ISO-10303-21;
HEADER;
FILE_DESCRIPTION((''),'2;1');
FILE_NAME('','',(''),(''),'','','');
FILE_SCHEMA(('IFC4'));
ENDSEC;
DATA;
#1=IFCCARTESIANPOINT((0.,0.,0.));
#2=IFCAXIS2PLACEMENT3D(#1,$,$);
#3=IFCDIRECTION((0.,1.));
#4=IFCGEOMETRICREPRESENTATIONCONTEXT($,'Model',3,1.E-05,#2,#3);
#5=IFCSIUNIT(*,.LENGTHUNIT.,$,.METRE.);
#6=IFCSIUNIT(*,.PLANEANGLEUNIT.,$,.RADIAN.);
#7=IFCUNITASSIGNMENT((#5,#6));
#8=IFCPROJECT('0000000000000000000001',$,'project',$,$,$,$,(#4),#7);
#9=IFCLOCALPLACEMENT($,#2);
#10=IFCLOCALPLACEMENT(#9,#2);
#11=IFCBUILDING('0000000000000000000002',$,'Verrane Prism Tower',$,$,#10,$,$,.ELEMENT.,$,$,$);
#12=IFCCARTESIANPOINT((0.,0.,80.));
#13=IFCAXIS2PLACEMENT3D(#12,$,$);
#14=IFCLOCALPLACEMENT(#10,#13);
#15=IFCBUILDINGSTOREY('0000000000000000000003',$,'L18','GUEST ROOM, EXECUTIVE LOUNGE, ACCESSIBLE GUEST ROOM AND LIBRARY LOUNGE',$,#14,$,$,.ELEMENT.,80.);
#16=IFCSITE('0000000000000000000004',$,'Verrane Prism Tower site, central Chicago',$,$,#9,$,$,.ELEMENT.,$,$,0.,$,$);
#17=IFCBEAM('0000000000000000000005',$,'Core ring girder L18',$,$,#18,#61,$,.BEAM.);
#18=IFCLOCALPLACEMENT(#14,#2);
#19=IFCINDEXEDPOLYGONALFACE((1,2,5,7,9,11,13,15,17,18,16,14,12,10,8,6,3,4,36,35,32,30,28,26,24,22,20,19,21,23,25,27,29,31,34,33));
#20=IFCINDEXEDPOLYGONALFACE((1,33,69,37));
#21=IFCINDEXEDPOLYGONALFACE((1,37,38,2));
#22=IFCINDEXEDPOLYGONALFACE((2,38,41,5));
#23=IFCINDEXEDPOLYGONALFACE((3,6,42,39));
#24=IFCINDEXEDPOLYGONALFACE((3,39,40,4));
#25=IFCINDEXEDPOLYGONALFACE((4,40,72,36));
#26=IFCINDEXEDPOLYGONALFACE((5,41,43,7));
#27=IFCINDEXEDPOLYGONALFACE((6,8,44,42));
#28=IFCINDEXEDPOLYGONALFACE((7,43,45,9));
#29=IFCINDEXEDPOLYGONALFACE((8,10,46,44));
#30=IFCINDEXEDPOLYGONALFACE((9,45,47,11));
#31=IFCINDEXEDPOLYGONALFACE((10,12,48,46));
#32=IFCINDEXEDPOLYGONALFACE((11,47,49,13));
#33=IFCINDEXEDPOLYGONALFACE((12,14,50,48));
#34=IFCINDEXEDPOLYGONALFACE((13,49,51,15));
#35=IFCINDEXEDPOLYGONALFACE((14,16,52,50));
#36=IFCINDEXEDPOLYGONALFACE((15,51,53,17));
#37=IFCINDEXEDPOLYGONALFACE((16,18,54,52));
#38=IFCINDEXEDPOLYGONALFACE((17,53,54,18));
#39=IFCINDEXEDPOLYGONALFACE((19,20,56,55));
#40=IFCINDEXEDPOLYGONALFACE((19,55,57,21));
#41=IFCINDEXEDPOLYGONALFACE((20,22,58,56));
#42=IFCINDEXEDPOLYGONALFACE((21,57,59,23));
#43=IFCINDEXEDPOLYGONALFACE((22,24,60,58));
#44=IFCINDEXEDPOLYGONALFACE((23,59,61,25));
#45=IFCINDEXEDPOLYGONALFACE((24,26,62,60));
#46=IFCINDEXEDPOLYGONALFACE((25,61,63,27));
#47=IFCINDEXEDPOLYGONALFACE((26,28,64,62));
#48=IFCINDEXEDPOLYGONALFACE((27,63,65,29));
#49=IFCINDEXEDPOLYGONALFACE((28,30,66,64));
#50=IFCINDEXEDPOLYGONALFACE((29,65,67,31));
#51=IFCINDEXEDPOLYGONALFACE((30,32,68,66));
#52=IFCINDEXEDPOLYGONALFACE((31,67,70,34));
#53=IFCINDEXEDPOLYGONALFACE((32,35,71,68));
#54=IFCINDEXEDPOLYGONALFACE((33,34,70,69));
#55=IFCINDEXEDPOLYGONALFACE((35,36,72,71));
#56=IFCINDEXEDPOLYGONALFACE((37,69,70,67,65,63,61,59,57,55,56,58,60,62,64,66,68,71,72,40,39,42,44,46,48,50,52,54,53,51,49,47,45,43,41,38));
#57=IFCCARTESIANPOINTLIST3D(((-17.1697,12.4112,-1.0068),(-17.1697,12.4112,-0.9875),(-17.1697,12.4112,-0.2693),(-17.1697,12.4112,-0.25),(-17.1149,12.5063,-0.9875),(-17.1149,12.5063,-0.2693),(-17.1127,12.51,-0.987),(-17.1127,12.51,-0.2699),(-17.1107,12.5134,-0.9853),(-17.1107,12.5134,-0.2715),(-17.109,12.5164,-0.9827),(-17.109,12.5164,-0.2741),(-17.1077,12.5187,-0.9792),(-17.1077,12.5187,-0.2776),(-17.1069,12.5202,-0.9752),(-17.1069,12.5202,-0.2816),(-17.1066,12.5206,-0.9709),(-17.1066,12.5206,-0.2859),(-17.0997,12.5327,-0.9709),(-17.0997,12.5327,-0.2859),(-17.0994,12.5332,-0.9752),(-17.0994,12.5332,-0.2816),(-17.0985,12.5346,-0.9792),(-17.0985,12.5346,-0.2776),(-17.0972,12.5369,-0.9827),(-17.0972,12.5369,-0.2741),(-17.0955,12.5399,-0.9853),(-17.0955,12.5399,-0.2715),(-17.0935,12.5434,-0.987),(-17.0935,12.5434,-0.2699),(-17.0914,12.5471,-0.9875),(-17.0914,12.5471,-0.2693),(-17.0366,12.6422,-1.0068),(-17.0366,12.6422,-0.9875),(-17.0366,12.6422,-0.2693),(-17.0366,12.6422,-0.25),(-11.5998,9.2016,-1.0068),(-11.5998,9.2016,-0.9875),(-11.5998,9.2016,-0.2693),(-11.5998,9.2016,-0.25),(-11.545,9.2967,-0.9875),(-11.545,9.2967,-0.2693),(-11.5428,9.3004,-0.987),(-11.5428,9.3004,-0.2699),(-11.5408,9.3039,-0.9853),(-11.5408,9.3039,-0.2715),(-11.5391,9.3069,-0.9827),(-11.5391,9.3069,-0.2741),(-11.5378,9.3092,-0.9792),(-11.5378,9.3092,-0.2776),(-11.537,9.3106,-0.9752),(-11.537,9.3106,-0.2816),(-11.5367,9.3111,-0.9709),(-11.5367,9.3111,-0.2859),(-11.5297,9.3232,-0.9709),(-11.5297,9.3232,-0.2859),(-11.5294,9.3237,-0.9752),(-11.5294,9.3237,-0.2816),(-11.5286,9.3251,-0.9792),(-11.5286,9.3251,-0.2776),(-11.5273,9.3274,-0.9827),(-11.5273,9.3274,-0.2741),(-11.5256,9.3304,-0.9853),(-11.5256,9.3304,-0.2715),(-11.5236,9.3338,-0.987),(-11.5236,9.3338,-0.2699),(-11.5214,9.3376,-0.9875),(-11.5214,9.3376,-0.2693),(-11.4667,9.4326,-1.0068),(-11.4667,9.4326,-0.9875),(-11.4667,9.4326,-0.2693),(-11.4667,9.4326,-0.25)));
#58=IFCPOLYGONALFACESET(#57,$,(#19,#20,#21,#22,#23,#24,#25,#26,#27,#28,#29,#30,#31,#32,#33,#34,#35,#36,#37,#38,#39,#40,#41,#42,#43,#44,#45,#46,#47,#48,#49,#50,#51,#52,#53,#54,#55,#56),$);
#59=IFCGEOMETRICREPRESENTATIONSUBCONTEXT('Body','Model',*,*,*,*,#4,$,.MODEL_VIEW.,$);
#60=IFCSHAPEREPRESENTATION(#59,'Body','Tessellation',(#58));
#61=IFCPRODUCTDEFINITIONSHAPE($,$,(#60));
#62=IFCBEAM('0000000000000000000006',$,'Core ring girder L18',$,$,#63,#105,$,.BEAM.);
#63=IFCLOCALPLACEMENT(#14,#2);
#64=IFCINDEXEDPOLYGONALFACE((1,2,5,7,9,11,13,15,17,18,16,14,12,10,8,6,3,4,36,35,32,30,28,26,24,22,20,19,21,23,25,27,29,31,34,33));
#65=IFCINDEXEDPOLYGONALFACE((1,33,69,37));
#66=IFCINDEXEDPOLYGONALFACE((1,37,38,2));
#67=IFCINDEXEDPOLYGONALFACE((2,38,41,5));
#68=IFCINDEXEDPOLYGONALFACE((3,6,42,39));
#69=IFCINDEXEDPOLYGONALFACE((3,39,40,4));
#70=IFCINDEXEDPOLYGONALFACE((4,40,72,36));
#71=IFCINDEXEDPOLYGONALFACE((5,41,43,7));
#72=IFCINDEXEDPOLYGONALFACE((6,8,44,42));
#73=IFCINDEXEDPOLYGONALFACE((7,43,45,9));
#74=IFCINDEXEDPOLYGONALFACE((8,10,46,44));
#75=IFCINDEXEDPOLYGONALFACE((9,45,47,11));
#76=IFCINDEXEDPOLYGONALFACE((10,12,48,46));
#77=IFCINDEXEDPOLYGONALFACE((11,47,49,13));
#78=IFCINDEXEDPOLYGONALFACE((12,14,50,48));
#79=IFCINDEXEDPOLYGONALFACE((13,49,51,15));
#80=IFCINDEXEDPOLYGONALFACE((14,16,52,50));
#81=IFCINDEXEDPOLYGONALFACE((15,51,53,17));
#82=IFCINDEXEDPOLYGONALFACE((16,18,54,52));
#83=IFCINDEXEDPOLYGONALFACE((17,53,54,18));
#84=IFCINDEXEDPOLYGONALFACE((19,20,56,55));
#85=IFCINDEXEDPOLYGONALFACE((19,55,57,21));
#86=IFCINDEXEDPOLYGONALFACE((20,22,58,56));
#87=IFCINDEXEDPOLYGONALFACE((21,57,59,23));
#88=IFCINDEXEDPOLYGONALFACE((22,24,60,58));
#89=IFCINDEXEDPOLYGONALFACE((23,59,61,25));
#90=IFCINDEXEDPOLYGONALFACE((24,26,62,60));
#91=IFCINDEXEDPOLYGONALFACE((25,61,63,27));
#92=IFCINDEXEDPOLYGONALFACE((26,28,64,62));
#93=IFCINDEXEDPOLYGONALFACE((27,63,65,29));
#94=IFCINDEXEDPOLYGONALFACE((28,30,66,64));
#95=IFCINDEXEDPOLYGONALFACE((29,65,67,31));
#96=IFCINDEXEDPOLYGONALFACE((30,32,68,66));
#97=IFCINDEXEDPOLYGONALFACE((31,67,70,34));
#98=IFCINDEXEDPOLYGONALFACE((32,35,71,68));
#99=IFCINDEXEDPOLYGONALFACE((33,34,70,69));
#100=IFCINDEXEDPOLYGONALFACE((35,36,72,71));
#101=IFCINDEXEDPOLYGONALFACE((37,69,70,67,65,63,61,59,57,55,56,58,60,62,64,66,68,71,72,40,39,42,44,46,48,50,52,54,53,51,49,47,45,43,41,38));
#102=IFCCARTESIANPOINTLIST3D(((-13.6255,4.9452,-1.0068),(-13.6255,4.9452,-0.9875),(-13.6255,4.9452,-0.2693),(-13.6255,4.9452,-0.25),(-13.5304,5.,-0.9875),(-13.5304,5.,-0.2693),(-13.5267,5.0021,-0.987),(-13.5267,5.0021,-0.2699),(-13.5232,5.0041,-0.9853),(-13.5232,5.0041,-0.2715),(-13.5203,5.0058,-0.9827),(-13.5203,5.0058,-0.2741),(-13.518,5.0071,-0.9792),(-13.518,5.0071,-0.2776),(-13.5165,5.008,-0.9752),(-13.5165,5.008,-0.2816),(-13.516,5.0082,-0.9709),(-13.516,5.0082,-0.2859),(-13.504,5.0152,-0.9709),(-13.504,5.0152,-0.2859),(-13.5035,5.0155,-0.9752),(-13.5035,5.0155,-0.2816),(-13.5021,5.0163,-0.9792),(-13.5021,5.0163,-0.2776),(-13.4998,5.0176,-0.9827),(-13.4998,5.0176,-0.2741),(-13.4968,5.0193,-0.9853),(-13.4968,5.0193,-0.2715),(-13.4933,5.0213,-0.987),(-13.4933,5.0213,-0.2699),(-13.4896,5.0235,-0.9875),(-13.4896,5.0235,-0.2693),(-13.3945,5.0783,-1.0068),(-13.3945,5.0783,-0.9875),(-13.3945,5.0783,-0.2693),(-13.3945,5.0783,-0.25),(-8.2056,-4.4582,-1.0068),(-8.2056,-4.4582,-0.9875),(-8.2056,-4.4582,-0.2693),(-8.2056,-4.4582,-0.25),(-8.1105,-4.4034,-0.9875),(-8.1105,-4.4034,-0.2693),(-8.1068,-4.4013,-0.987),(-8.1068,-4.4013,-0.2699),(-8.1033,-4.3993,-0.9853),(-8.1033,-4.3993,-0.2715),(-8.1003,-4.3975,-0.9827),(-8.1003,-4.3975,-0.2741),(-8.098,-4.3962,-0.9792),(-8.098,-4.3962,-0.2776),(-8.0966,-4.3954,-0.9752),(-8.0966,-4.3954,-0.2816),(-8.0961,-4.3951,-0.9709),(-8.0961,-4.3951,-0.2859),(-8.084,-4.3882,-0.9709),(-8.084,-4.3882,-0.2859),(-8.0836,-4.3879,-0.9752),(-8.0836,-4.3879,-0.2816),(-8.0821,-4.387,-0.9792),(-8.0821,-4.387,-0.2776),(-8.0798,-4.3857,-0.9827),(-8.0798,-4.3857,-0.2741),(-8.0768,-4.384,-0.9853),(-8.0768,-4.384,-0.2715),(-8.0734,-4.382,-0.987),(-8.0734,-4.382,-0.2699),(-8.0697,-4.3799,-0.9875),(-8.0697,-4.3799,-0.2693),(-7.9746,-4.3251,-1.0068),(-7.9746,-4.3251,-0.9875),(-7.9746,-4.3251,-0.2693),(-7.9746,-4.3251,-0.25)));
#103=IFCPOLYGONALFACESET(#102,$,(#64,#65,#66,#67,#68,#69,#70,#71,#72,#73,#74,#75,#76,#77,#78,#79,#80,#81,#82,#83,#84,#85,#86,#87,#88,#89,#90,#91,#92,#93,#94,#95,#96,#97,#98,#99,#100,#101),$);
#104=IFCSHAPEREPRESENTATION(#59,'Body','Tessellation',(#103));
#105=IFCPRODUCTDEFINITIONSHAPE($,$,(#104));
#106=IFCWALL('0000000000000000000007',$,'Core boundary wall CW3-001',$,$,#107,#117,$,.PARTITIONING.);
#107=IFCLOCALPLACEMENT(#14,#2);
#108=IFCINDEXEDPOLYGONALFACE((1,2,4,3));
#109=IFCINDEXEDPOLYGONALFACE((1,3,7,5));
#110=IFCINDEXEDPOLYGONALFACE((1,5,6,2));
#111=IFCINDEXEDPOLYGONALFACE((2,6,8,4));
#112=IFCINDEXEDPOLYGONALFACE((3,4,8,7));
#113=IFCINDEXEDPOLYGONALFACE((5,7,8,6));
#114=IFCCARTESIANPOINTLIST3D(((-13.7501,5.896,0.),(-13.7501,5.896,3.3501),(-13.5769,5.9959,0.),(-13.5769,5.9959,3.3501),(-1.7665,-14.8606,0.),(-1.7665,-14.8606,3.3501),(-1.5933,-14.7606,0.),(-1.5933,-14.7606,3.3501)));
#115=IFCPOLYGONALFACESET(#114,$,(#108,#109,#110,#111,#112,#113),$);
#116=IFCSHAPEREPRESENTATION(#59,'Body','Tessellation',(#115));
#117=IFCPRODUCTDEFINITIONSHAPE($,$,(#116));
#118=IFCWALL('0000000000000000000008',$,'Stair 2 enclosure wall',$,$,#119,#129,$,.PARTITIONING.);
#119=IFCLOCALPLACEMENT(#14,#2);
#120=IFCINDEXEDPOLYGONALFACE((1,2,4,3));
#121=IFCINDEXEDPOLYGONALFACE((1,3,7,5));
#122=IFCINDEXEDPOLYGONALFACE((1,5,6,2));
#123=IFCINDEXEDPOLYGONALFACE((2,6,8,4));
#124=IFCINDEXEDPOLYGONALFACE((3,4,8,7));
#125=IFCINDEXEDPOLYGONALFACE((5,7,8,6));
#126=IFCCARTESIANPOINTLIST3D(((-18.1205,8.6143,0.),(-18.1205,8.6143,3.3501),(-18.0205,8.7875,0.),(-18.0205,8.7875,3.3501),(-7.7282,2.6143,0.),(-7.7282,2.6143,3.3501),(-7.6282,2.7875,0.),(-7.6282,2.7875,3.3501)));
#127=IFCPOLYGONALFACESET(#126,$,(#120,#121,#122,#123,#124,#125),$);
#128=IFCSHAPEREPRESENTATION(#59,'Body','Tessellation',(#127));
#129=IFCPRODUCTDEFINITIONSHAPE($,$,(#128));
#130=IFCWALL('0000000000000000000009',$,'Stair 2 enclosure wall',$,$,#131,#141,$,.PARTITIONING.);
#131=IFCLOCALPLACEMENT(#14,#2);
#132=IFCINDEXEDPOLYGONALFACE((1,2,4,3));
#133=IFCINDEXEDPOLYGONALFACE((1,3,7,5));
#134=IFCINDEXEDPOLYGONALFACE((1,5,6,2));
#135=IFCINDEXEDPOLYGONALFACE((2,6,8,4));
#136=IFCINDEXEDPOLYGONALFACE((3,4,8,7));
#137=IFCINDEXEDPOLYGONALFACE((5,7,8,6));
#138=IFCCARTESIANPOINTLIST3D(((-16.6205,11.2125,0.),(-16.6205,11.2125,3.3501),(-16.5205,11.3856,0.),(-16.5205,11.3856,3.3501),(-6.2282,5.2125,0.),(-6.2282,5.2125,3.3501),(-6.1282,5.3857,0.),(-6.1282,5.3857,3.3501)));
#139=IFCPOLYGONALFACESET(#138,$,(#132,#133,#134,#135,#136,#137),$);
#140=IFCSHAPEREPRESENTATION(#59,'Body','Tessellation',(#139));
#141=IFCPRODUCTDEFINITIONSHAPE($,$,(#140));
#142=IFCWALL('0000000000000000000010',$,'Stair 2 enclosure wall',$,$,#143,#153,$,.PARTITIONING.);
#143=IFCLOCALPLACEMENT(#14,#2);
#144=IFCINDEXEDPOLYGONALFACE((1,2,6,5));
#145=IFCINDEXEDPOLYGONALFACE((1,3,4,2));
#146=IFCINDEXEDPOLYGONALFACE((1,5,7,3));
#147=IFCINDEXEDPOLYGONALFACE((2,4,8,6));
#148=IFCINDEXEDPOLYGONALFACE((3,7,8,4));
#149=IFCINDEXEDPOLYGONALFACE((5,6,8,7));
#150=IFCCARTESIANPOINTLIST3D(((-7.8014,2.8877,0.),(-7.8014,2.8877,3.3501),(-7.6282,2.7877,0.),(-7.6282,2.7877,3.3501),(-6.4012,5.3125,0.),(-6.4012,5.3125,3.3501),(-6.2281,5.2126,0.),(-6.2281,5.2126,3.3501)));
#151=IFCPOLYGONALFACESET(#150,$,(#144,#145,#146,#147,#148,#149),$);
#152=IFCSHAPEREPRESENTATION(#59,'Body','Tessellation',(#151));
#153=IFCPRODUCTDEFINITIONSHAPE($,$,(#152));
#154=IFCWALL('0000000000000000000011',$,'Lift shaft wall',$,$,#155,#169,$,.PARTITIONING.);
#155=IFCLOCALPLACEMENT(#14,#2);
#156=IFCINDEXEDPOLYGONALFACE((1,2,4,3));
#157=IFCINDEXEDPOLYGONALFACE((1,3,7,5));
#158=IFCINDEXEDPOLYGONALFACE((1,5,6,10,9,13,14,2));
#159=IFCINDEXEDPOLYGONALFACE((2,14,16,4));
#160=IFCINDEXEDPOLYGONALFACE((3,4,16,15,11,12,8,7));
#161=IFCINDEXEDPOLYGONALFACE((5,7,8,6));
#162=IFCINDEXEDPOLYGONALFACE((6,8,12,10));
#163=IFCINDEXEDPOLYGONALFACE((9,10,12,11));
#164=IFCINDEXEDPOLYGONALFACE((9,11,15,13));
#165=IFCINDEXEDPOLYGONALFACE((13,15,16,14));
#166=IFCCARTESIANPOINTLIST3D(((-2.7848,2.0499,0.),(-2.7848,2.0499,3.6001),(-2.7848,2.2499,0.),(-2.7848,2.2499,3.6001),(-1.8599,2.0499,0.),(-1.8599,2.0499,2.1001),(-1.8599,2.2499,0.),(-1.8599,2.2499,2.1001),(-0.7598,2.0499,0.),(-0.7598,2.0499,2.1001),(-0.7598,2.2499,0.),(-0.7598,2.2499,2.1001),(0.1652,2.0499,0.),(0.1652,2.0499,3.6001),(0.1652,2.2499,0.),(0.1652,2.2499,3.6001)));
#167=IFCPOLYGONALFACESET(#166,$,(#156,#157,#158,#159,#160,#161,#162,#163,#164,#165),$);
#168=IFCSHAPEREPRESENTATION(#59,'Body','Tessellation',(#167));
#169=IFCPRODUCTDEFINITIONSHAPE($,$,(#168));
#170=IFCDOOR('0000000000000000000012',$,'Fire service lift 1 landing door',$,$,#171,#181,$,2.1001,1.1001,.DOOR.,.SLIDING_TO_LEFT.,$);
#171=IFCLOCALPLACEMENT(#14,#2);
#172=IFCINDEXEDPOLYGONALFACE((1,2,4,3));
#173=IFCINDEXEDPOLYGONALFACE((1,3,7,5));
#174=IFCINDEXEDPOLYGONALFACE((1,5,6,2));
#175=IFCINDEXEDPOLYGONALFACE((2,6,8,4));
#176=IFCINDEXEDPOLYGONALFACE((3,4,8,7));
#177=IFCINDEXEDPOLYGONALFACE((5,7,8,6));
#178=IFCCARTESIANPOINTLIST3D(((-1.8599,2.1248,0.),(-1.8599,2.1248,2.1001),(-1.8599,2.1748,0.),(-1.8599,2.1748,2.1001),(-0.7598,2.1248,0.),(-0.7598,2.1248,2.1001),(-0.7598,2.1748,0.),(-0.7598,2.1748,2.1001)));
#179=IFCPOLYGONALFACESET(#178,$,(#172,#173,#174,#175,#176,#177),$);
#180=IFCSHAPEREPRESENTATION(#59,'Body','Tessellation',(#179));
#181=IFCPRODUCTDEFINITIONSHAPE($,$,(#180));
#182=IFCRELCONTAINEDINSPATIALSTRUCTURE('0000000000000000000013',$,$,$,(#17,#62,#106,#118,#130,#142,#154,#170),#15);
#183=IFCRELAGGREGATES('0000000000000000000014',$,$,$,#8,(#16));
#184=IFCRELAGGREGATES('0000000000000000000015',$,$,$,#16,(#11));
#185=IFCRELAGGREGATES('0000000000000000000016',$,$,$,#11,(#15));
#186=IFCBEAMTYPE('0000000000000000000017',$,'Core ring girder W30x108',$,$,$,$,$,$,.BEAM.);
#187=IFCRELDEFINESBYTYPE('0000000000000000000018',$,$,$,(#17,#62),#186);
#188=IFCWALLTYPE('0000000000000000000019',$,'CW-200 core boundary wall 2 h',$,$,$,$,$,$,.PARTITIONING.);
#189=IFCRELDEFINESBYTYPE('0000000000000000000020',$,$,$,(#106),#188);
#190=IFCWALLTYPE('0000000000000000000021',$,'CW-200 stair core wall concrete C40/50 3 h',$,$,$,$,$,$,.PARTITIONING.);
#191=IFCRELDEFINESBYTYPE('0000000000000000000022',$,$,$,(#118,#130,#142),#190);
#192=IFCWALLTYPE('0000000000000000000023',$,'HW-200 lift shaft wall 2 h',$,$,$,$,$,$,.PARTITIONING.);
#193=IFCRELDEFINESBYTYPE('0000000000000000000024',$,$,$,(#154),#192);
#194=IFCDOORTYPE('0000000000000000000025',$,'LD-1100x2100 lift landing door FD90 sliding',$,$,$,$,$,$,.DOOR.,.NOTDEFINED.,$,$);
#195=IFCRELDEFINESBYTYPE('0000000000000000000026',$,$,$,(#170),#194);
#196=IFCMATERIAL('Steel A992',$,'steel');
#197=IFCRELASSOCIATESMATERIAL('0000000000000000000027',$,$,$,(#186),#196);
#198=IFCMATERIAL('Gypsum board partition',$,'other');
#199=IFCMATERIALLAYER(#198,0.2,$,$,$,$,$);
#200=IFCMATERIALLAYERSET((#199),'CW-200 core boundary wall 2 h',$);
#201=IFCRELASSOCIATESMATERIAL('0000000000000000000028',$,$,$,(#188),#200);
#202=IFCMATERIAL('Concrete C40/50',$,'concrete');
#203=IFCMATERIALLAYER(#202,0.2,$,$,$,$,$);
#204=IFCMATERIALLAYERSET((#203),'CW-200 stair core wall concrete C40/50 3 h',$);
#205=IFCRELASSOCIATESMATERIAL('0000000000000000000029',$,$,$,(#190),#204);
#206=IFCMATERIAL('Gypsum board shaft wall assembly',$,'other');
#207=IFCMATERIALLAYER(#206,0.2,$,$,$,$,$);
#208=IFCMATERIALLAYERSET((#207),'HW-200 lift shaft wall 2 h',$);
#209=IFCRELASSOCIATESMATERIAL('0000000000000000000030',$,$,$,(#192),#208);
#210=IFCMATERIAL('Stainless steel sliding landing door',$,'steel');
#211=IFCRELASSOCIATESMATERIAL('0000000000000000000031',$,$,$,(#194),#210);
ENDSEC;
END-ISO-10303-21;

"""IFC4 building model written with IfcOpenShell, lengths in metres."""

from ifc_helpers import new_model, si_unit, direction, frame, frame_2d, origin, origin_2d, place, context, subcontext, project, spatial, rectangle, i_section, extrude, material, layer, layer_set, material_profile, profile_set, type_object, element, fill, save


model = new_model("IFC4")

# Units and contexts
model_context = context("Model", 3, precision=1e-05, world=origin(), true_north=direction((0.0, 1.0)))
body_context = subcontext(model_context, "Body", "Model", "MODEL_VIEW")
ifc_project = project(units=[si_unit("LENGTHUNIT", "METRE"), si_unit("PLANEANGLEUNIT", "RADIAN")], contexts=[model_context])

# Site, building, storey
site_placement = place(None, origin())
site = spatial("IfcSite", under=ifc_project, at=site_placement, Name="Verrane Prism Tower site, central Chicago", CompositionType="ELEMENT", RefElevation=0.0)
building_placement = place(site_placement, origin())
building = spatial("IfcBuilding", under=site, at=building_placement, Name="Verrane Prism Tower", CompositionType="ELEMENT")
storey_placement = place(building_placement, frame((0.0, 0.0, 80.0)))
storey = spatial("IfcBuildingStorey", under=building, at=storey_placement, Name="L18", Description="GUEST ROOM, EXECUTIVE LOUNGE, ACCESSIBLE GUEST ROOM AND LIBRARY LOUNGE", CompositionType="ELEMENT", Elevation=80.0)

# Beams
ifc_material_1 = material(Name="Steel A992", Category="steel")
ifc_material_profile_1 = material_profile(ifc_material_1, i_section(OverallWidth=0.2666, OverallDepth=0.7568, WebThickness=0.0139, FlangeThickness=0.0193, FilletRadius=0.0166, at=origin_2d()), Name="W30x108")
ifc_profile_set_1 = profile_set([ifc_material_profile_1], Name="Steel A992")
beam_type = type_object("IfcBeamType", Name="Core ring girder W30x108", PredefinedType="BEAM", material=ifc_profile_set_1)
beam_1_placement = place(storey_placement, frame((-11.5332, 9.3171, -0.6284), z_axis=(-0.866447, 0.499269, 0.0), x_axis=(-0.499269, -0.866447, 0.0)))
element("IfcBeam", 1, at=beam_1_placement, inside=storey, type_object=beam_type, Name="Core ring girder L18", PredefinedType="BEAM", context=body_context, shape_type="SweptSolid", body=[
    extrude(i_section(OverallWidth=0.2666, OverallDepth=0.7568, WebThickness=0.0139, FlangeThickness=0.0193, FilletRadius=0.0166, at=origin_2d()), origin(), (0.0, 0.0, 1.0), 6.4285),
])
beam_2_placement = place(storey_placement, frame((-13.51, 5.0117, -0.6284), z_axis=(0.499372, -0.866388, 0.0), x_axis=(0.866388, 0.499372, 0.0)))
element("IfcBeam", 2, at=beam_2_placement, inside=storey, type_object=beam_type, Name="Core ring girder L18", PredefinedType="BEAM", context=body_context, shape_type="SweptSolid", body=[
    extrude(i_section(OverallWidth=0.2666, OverallDepth=0.7568, WebThickness=0.0139, FlangeThickness=0.0193, FilletRadius=0.0166, at=origin_2d()), origin(), (0.0, 0.0, 1.0), 10.8535),
])

# Walls
ifc_material_2 = material(Name="Gypsum board partition", Category="other")
ifc_layer_1 = layer(ifc_material_2, 0.2)
ifc_layer_set_1 = layer_set([ifc_layer_1], Name="CW-200 core boundary wall 2 h")
wall_type_1 = type_object("IfcWallType", Name="CW-200 core boundary wall 2 h", PredefinedType="PARTITIONING", material=ifc_layer_set_1)
wall_1_placement = place(storey_placement, frame((-13.6636, 5.946, 0.0), z_axis=(0.0, 0.0, 1.0), x_axis=(0.499994, -0.866029, 0.0)))
element("IfcWall", 3, at=wall_1_placement, inside=storey, type_object=wall_type_1, Name="Core boundary wall CW3-001", PredefinedType="PARTITIONING", context=body_context, shape_type="SweptSolid", body=[
    extrude(rectangle(XDim=23.9675, YDim=0.2, at=frame_2d((11.9839, 0.0))), origin(), (0.0, 0.0, 1.0), 3.3501),
])
ifc_material_3 = material(Name="Concrete C40/50", Category="concrete")
ifc_layer_2 = layer(ifc_material_3, 0.2)
ifc_layer_set_2 = layer_set([ifc_layer_2], Name="CW-200 stair core wall concrete C40/50 3 h")
wall_type_2 = type_object("IfcWallType", Name="CW-200 stair core wall concrete C40/50 3 h", PredefinedType="PARTITIONING", material=ifc_layer_set_2)
for number, where, z_axis, x_axis, name in (
    (4, (-7.6782, 2.7009, 0.0), (0.0, 0.0, 1.0), (-0.866026, 0.499999, 0.0), "Stair 2 enclosure wall"),
    (5, (-6.1782, 5.2991, 0.0), (0.0, 0.0, 1.0), (-0.866026, 0.499999, 0.0), "Stair 2 enclosure wall"),
):
    element("IfcWall", number, at=place(storey_placement, frame(where, z_axis=z_axis, x_axis=x_axis)), inside=storey, type_object=wall_type_2, Name=name, PredefinedType="PARTITIONING", context=body_context, shape_type="SweptSolid", body=[
        extrude(rectangle(XDim=12.0, YDim=0.2, at=frame_2d((6.0, 0.0))), origin(), (0.0, 0.0, 1.0), 3.3501),
    ])
wall_2_placement = place(storey_placement, frame((-6.3147, 5.2625, 0.0), z_axis=(0.0, 0.0, 1.0), x_axis=(-0.50005, -0.865997, 0.0)))
element("IfcWall", 6, at=wall_2_placement, inside=storey, type_object=wall_type_2, Name="Stair 2 enclosure wall", PredefinedType="PARTITIONING", context=body_context, shape_type="SweptSolid", body=[
    extrude(rectangle(XDim=2.8, YDim=0.2, at=frame_2d((1.3999, 0.0))), origin(), (0.0, 0.0, 1.0), 3.3501),
])

# Wall, opening, door
ifc_material_4 = material(Name="Gypsum board shaft wall assembly", Category="other")
ifc_layer_3 = layer(ifc_material_4, 0.2)
ifc_layer_set_3 = layer_set([ifc_layer_3], Name="HW-200 lift shaft wall 2 h")
wall_type_3 = type_object("IfcWallType", Name="HW-200 lift shaft wall 2 h", PredefinedType="PARTITIONING", material=ifc_layer_set_3)
wall_3_placement = place(storey_placement, frame((-2.7849, 2.1499, 0.0), z_axis=(0.0, 0.0, 1.0), x_axis=(1.0, 0.0, 0.0)))
wall_3 = element("IfcWall", 7, at=wall_3_placement, inside=storey, type_object=wall_type_3, Name="Lift shaft wall", PredefinedType="PARTITIONING", context=body_context, shape_type="SweptSolid", body=[
    extrude(rectangle(XDim=2.95, YDim=0.2, at=frame_2d((1.4751, 0.0))), origin(), (0.0, 0.0, 1.0), 3.6001),
])
opening_1_placement = place(wall_3_placement, frame((0.925, 0.0, 0.0)))
opening_1 = element("IfcOpeningElement", 8, at=opening_1_placement, cuts=wall_3, PredefinedType="OPENING", context=body_context, shape_type="SweptSolid", body=[
    extrude(rectangle(XDim=1.1001, YDim=2.1001, at=frame_2d((0.55, 1.05))), frame((0.0, 0.1099, 0.0), z_axis=(0.0, -1.0, 0.0), x_axis=(1.0, 0.0, 0.0)), (0.0, 0.0, 1.0), 0.22),
])
ifc_material_5 = material(Name="Stainless steel sliding landing door", Category="steel")
door_type_1 = type_object("IfcDoorType", Name="LD-1100x2100 lift landing door FD90 sliding", OperationType="NOTDEFINED", PredefinedType="DOOR", material=ifc_material_5)
door_1_placement = place(opening_1_placement, origin())
door_1 = element("IfcDoor", 9, at=door_1_placement, inside=storey, type_object=door_type_1, Name="Fire service lift 1 landing door", OperationType="SLIDING_TO_LEFT", OverallHeight=2.1001, OverallWidth=1.1001, PredefinedType="DOOR", context=body_context, shape_type="SweptSolid", body=[
    extrude(rectangle(XDim=1.1001, YDim=2.1001, at=frame_2d((0.55, 1.05))), frame((0.0, 0.0249, 0.0), z_axis=(0.0, -1.0, 0.0), x_axis=(1.0, 0.0, 0.0)), (0.0, 0.0, 1.0), 0.05),
])
fill(opening_1, door_1)

save(model, "model.ifc")
